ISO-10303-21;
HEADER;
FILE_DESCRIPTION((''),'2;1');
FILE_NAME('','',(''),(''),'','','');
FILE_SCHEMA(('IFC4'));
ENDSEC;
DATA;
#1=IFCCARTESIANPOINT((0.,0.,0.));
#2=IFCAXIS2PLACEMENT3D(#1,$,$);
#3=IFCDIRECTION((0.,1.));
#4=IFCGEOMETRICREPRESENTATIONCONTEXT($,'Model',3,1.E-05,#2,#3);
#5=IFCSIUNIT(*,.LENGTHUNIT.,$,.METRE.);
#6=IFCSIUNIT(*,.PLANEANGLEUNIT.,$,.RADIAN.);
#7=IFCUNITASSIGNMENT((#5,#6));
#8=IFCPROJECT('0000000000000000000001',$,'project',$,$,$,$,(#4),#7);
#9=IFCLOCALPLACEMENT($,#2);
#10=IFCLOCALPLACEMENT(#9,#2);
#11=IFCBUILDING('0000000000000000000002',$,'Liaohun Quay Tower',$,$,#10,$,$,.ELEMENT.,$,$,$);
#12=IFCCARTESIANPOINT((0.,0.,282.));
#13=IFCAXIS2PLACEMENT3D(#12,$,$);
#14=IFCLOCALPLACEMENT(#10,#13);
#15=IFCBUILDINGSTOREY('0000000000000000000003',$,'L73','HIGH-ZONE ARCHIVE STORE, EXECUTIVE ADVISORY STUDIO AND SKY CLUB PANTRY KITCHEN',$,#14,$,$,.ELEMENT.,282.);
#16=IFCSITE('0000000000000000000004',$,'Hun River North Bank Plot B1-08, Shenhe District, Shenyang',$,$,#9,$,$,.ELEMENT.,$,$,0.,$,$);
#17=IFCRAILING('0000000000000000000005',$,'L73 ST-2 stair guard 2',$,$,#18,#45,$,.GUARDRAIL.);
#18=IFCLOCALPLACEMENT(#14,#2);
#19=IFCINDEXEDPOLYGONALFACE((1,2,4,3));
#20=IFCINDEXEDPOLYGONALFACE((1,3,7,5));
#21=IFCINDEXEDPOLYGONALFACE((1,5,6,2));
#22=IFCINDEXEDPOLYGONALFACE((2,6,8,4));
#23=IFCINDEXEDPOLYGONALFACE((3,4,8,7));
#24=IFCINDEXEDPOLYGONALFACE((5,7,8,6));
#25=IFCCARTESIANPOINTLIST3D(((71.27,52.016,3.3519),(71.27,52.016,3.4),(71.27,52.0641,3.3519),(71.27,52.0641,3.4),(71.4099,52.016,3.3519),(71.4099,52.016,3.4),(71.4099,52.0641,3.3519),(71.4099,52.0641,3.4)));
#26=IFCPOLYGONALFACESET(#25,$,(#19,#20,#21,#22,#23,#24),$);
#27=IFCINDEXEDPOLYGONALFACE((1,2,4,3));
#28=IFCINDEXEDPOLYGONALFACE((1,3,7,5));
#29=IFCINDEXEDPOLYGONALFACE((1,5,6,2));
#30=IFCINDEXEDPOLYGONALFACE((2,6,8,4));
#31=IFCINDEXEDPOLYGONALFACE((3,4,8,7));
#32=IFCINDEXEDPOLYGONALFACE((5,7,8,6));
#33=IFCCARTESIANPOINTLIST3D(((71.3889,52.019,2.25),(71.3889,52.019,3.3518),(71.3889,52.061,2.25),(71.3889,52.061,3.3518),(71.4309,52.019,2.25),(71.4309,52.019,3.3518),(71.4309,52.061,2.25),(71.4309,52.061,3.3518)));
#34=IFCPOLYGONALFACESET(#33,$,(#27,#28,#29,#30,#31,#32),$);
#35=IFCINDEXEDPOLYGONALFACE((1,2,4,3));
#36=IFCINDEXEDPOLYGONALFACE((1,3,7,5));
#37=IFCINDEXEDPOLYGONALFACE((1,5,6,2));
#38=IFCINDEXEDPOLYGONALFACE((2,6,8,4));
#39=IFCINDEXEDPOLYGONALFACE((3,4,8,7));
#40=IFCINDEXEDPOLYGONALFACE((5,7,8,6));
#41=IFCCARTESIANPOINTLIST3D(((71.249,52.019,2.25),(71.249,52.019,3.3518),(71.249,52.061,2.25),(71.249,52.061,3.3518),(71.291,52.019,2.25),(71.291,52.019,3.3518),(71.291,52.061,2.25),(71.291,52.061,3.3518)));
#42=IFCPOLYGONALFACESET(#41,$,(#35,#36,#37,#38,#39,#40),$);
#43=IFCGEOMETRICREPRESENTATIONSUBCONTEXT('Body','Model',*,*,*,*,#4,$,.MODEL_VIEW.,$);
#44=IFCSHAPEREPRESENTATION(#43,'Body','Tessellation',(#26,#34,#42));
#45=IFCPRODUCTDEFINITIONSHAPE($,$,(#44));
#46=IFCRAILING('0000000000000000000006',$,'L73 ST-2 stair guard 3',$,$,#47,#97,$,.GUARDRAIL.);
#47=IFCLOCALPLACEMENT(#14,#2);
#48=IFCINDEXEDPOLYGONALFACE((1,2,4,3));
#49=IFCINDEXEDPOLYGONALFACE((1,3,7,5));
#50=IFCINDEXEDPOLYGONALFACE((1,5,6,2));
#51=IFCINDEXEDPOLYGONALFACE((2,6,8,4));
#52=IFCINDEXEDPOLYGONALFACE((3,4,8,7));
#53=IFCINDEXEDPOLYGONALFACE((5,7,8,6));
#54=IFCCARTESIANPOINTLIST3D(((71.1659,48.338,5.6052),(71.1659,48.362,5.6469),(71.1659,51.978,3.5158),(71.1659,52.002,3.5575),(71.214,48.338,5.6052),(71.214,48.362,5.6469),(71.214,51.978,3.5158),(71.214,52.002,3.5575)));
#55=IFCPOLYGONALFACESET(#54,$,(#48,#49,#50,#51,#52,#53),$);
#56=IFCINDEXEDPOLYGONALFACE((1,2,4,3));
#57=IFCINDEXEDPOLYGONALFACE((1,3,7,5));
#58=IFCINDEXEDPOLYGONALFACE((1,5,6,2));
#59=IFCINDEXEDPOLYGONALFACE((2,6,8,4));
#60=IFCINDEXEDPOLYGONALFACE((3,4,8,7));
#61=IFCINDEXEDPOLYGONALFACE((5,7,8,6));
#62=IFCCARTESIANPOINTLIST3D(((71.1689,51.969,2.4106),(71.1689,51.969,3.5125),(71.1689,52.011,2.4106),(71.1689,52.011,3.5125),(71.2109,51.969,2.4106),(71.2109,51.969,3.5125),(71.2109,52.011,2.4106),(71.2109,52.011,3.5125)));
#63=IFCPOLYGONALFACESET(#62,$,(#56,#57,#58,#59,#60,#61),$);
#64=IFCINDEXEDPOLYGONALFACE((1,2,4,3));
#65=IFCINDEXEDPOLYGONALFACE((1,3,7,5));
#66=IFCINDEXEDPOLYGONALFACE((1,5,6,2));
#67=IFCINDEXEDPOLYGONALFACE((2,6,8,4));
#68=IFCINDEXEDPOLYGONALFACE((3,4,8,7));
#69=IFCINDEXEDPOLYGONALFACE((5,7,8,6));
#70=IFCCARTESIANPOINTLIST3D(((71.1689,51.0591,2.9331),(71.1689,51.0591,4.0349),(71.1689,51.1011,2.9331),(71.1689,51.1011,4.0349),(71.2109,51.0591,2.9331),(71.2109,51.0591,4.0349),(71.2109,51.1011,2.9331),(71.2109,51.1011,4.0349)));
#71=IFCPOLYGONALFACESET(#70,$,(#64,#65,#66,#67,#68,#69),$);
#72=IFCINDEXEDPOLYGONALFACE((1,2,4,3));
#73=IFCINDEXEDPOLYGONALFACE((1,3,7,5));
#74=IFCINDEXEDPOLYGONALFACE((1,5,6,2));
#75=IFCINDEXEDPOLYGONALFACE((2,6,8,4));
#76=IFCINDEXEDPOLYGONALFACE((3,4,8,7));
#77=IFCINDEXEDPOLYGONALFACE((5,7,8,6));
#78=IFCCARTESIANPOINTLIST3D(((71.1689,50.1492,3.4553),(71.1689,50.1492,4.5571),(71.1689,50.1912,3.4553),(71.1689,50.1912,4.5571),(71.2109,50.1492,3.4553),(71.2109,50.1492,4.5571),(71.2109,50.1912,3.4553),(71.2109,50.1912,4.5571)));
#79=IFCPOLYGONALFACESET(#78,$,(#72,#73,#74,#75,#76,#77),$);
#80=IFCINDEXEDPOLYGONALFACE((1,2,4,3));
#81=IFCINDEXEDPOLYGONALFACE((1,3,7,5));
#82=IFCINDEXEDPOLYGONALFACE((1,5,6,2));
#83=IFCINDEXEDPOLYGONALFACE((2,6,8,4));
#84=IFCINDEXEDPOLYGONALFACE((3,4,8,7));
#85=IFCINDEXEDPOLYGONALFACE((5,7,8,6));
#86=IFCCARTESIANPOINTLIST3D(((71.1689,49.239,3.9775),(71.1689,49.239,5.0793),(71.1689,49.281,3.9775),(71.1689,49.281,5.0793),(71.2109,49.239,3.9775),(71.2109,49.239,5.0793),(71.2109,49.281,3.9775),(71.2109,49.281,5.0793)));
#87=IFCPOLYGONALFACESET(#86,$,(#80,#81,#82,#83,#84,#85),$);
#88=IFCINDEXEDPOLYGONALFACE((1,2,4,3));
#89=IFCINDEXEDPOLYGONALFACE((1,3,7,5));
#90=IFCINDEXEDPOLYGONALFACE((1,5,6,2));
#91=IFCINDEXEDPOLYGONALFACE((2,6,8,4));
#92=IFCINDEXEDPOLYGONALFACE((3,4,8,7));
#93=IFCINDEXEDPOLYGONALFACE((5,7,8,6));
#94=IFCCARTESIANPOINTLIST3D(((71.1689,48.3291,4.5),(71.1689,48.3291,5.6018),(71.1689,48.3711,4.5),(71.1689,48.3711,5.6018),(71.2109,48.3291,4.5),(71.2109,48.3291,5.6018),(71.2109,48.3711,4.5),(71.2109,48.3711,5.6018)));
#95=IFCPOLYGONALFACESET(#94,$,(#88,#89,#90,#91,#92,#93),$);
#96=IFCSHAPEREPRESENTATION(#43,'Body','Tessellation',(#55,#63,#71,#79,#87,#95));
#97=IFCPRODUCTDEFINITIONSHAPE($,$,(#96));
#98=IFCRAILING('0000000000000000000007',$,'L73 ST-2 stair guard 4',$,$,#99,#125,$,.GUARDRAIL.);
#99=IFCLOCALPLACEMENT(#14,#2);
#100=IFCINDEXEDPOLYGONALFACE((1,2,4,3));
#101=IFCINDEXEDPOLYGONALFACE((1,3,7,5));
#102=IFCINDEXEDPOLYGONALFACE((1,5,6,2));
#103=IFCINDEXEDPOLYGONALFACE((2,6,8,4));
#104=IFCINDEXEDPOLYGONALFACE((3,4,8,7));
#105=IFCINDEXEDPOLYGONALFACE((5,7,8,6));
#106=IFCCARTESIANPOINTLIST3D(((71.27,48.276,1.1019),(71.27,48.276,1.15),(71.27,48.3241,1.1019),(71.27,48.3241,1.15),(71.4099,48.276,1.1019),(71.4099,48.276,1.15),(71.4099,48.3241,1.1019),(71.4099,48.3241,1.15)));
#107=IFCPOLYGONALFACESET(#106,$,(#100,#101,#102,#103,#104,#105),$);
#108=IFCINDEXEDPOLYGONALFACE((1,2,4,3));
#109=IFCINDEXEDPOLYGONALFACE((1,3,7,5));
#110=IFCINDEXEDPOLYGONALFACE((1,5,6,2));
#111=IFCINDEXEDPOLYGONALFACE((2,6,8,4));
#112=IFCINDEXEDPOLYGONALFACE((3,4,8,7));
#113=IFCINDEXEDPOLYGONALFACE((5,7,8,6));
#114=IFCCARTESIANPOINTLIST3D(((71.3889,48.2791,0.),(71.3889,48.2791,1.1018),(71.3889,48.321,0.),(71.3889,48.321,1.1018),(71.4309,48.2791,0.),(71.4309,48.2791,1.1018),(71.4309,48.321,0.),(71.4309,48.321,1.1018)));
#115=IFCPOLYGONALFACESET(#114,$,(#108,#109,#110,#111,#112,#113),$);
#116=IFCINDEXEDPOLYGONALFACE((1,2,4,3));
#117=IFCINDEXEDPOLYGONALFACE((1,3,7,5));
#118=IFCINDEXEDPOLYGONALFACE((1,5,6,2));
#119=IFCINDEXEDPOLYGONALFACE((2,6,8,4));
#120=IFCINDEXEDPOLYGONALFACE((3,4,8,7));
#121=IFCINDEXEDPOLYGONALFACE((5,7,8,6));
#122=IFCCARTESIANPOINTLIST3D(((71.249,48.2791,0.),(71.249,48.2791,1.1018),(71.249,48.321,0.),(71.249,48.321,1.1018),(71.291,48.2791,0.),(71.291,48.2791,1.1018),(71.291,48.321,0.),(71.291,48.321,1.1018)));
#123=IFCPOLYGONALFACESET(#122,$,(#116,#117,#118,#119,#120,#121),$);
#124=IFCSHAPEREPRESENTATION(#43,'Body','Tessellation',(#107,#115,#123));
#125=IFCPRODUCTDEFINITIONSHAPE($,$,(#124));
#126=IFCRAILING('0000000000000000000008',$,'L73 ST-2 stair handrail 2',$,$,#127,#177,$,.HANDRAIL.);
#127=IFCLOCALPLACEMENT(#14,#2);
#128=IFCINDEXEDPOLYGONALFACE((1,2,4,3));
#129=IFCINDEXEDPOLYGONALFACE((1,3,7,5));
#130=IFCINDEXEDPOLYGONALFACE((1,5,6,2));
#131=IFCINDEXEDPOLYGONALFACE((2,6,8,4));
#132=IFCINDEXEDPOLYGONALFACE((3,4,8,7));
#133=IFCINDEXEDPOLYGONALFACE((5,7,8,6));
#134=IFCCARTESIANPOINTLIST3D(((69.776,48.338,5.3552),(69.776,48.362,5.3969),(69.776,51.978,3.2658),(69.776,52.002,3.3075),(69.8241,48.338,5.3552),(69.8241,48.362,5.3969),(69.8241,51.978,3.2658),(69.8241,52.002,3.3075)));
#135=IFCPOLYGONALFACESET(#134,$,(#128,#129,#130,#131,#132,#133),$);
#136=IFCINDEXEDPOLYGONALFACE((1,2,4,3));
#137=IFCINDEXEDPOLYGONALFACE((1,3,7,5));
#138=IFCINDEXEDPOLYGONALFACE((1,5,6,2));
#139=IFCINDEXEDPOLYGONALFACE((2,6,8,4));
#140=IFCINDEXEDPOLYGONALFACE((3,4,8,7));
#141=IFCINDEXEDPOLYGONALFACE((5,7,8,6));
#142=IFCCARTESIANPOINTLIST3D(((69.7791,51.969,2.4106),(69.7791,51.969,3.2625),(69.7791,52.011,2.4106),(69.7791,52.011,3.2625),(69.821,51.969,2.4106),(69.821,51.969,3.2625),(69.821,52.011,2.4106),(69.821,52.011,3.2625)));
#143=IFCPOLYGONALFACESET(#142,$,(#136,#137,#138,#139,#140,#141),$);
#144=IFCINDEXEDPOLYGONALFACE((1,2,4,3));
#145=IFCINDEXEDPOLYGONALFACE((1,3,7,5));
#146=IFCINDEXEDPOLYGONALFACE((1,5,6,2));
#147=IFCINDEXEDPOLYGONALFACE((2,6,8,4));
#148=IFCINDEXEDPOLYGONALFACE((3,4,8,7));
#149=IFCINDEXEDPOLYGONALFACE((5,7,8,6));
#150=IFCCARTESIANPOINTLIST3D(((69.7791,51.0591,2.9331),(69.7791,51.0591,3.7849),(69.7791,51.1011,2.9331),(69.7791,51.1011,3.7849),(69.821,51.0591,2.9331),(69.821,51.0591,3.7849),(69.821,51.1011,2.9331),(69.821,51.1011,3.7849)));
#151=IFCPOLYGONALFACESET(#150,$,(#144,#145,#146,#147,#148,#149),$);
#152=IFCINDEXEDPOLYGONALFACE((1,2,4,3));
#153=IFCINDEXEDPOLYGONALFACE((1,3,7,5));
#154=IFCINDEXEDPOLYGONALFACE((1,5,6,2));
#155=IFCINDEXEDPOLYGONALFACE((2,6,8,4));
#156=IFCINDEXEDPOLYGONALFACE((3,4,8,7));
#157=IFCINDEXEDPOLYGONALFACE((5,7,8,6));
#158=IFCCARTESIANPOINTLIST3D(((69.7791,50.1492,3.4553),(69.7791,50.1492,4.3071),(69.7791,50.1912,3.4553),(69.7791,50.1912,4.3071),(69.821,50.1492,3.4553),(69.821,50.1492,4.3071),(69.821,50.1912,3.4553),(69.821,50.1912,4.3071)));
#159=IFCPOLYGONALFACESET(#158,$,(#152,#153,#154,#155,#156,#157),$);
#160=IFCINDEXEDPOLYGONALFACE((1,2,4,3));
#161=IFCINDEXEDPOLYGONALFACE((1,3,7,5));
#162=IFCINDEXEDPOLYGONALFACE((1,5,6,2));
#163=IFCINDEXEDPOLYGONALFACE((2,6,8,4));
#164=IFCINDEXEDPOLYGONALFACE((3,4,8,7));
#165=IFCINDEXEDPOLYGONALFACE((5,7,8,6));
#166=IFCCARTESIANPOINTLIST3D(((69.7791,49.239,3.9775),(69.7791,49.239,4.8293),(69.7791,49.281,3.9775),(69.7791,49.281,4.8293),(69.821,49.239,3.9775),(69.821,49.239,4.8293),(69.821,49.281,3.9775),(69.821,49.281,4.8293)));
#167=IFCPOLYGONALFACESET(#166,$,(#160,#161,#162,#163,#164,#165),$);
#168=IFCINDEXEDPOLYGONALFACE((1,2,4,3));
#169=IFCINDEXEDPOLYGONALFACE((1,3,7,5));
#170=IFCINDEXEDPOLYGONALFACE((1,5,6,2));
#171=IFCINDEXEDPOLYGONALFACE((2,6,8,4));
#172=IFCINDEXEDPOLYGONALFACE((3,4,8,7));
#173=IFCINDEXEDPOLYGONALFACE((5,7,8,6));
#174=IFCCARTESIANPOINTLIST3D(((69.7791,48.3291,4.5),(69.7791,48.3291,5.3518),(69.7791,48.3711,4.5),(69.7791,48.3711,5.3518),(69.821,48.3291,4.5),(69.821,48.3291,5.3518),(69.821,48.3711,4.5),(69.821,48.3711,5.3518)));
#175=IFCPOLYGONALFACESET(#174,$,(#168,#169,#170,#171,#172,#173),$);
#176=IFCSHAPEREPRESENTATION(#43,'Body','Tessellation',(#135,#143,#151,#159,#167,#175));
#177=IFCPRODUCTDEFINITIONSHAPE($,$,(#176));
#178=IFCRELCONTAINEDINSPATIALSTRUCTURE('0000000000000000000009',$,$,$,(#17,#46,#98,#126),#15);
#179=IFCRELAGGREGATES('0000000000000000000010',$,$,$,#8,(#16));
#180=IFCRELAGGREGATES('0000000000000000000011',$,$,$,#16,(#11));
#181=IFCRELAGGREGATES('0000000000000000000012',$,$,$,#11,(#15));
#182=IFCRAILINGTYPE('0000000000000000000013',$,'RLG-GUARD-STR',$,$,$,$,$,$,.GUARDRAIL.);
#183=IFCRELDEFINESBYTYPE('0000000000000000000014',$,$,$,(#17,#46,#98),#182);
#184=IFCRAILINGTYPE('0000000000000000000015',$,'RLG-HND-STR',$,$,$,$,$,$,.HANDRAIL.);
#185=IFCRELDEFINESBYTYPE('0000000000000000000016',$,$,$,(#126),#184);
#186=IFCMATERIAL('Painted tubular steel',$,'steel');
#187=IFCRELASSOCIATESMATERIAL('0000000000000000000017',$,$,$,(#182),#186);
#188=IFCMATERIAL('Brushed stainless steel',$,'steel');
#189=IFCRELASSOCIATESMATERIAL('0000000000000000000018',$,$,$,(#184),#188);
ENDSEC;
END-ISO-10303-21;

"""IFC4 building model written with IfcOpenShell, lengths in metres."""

from ifc_helpers import new_model, si_unit, direction, frame, origin, origin_2d, place, context, subcontext, project, spatial, rectangle, extrude, material, type_object, element, save


model = new_model("IFC4")

# Units and contexts
model_context = context("Model", 3, precision=1e-05, world=origin(), true_north=direction((0.0, 1.0)))
body_context = subcontext(model_context, "Body", "Model", "MODEL_VIEW")
ifc_project = project(units=[si_unit("LENGTHUNIT", "METRE"), si_unit("PLANEANGLEUNIT", "RADIAN")], contexts=[model_context])

# Site, building, storey
site_placement = place(None, origin())
site = spatial("IfcSite", under=ifc_project, at=site_placement, Name="Hun River North Bank Plot B1-08, Shenhe District, Shenyang", CompositionType="ELEMENT", RefElevation=0.0)
building_placement = place(site_placement, origin())
building = spatial("IfcBuilding", under=site, at=building_placement, Name="Liaohun Quay Tower", CompositionType="ELEMENT")
storey_placement = place(building_placement, frame((0.0, 0.0, 282.0)))
storey = spatial("IfcBuildingStorey", under=building, at=storey_placement, Name="L73", Description="HIGH-ZONE ARCHIVE STORE, EXECUTIVE ADVISORY STUDIO AND SKY CLUB PANTRY KITCHEN", CompositionType="ELEMENT", Elevation=282.0)

# Railings
ifc_material_1 = material(Name="Painted tubular steel", Category="steel")
railing_type_1 = type_object("IfcRailingType", Name="RLG-GUARD-STR", PredefinedType="GUARDRAIL", material=ifc_material_1)
railing_1_placement = place(storey_placement, frame((71.4099, 52.04, 2.25)))
element("IfcRailing", 1, at=railing_1_placement, inside=storey, type_object=railing_type_1, Name="L73 ST-2 stair guard 2", PredefinedType="GUARDRAIL", context=body_context, shape_type="SweptSolid", body=[
    extrude(rectangle(XDim=0.0481, YDim=0.0481, at=origin_2d()), frame((0.0, 0.0, 1.126), z_axis=(-1.0, 0.0, 0.0), x_axis=(0.0, -1.0, 0.0)), (0.0, 0.0, 1.0), 0.1399),
    extrude(rectangle(XDim=0.042, YDim=0.042, at=origin_2d()), origin(), (0.0, 0.0, 1.0), 1.1018),
    extrude(rectangle(XDim=0.042, YDim=0.042, at=origin_2d()), frame((-0.1399, 0.0, 0.0)), (0.0, 0.0, 1.0), 1.1018),
])
railing_2_placement = place(storey_placement, frame((71.1899, 51.99, 2.4106)))
element("IfcRailing", 2, at=railing_2_placement, inside=storey, type_object=railing_type_1, Name="L73 ST-2 stair guard 3", PredefinedType="GUARDRAIL", context=body_context, shape_type="SweptSolid", body=[
    extrude(rectangle(XDim=0.0481, YDim=0.0481, at=origin_2d()), frame((0.0, 0.0, 1.126), z_axis=(0.0, -0.867275, 0.497829), x_axis=(1.0, 0.0, 0.0)), (0.0, 0.0, 1.0), 4.197),
    extrude(rectangle(XDim=0.042, YDim=0.042, at=origin_2d()), origin(), (0.0, 0.0, 1.0), 1.1018),
    extrude(rectangle(XDim=0.042, YDim=0.042, at=origin_2d()), frame((0.0, -0.9099, 0.5225)), (0.0, 0.0, 1.0), 1.1018),
    extrude(rectangle(XDim=0.042, YDim=0.042, at=origin_2d()), frame((0.0, -1.8198, 1.0447)), (0.0, 0.0, 1.0), 1.1018),
    extrude(rectangle(XDim=0.042, YDim=0.042, at=origin_2d()), frame((0.0, -2.73, 1.5669)), (0.0, 0.0, 1.0), 1.1018),
    extrude(rectangle(XDim=0.042, YDim=0.042, at=origin_2d()), frame((0.0, -3.6399, 2.0894)), (0.0, 0.0, 1.0), 1.1018),
])
railing_3_placement = place(storey_placement, frame((71.4099, 48.3, 0.0)))
element("IfcRailing", 3, at=railing_3_placement, inside=storey, type_object=railing_type_1, Name="L73 ST-2 stair guard 4", PredefinedType="GUARDRAIL", context=body_context, shape_type="SweptSolid", body=[
    extrude(rectangle(XDim=0.0481, YDim=0.0481, at=origin_2d()), frame((0.0, 0.0, 1.126), z_axis=(-1.0, 0.0, 0.0), x_axis=(0.0, -1.0, 0.0)), (0.0, 0.0, 1.0), 0.1399),
    extrude(rectangle(XDim=0.042, YDim=0.042, at=origin_2d()), origin(), (0.0, 0.0, 1.0), 1.1018),
    extrude(rectangle(XDim=0.042, YDim=0.042, at=origin_2d()), frame((-0.1399, 0.0, 0.0)), (0.0, 0.0, 1.0), 1.1018),
])
ifc_material_2 = material(Name="Brushed stainless steel", Category="steel")
railing_type_2 = type_object("IfcRailingType", Name="RLG-HND-STR", PredefinedType="HANDRAIL", material=ifc_material_2)
railing_4_placement = place(storey_placement, frame((69.8, 51.99, 2.4106)))
element("IfcRailing", 4, at=railing_4_placement, inside=storey, type_object=railing_type_2, Name="L73 ST-2 stair handrail 2", PredefinedType="HANDRAIL", context=body_context, shape_type="SweptSolid", body=[
    extrude(rectangle(XDim=0.0481, YDim=0.0481, at=origin_2d()), frame((0.0, 0.0, 0.876), z_axis=(0.0, -0.867275, 0.497829), x_axis=(1.0, 0.0, 0.0)), (0.0, 0.0, 1.0), 4.197),
    extrude(rectangle(XDim=0.042, YDim=0.042, at=origin_2d()), origin(), (0.0, 0.0, 1.0), 0.8518),
    extrude(rectangle(XDim=0.042, YDim=0.042, at=origin_2d()), frame((0.0, -0.9099, 0.5225)), (0.0, 0.0, 1.0), 0.8518),
    extrude(rectangle(XDim=0.042, YDim=0.042, at=origin_2d()), frame((0.0, -1.8198, 1.0447)), (0.0, 0.0, 1.0), 0.8518),
    extrude(rectangle(XDim=0.042, YDim=0.042, at=origin_2d()), frame((0.0, -2.73, 1.5669)), (0.0, 0.0, 1.0), 0.8518),
    extrude(rectangle(XDim=0.042, YDim=0.042, at=origin_2d()), frame((0.0, -3.6399, 2.0894)), (0.0, 0.0, 1.0), 0.8518),
])

save(model, "model.ifc")
